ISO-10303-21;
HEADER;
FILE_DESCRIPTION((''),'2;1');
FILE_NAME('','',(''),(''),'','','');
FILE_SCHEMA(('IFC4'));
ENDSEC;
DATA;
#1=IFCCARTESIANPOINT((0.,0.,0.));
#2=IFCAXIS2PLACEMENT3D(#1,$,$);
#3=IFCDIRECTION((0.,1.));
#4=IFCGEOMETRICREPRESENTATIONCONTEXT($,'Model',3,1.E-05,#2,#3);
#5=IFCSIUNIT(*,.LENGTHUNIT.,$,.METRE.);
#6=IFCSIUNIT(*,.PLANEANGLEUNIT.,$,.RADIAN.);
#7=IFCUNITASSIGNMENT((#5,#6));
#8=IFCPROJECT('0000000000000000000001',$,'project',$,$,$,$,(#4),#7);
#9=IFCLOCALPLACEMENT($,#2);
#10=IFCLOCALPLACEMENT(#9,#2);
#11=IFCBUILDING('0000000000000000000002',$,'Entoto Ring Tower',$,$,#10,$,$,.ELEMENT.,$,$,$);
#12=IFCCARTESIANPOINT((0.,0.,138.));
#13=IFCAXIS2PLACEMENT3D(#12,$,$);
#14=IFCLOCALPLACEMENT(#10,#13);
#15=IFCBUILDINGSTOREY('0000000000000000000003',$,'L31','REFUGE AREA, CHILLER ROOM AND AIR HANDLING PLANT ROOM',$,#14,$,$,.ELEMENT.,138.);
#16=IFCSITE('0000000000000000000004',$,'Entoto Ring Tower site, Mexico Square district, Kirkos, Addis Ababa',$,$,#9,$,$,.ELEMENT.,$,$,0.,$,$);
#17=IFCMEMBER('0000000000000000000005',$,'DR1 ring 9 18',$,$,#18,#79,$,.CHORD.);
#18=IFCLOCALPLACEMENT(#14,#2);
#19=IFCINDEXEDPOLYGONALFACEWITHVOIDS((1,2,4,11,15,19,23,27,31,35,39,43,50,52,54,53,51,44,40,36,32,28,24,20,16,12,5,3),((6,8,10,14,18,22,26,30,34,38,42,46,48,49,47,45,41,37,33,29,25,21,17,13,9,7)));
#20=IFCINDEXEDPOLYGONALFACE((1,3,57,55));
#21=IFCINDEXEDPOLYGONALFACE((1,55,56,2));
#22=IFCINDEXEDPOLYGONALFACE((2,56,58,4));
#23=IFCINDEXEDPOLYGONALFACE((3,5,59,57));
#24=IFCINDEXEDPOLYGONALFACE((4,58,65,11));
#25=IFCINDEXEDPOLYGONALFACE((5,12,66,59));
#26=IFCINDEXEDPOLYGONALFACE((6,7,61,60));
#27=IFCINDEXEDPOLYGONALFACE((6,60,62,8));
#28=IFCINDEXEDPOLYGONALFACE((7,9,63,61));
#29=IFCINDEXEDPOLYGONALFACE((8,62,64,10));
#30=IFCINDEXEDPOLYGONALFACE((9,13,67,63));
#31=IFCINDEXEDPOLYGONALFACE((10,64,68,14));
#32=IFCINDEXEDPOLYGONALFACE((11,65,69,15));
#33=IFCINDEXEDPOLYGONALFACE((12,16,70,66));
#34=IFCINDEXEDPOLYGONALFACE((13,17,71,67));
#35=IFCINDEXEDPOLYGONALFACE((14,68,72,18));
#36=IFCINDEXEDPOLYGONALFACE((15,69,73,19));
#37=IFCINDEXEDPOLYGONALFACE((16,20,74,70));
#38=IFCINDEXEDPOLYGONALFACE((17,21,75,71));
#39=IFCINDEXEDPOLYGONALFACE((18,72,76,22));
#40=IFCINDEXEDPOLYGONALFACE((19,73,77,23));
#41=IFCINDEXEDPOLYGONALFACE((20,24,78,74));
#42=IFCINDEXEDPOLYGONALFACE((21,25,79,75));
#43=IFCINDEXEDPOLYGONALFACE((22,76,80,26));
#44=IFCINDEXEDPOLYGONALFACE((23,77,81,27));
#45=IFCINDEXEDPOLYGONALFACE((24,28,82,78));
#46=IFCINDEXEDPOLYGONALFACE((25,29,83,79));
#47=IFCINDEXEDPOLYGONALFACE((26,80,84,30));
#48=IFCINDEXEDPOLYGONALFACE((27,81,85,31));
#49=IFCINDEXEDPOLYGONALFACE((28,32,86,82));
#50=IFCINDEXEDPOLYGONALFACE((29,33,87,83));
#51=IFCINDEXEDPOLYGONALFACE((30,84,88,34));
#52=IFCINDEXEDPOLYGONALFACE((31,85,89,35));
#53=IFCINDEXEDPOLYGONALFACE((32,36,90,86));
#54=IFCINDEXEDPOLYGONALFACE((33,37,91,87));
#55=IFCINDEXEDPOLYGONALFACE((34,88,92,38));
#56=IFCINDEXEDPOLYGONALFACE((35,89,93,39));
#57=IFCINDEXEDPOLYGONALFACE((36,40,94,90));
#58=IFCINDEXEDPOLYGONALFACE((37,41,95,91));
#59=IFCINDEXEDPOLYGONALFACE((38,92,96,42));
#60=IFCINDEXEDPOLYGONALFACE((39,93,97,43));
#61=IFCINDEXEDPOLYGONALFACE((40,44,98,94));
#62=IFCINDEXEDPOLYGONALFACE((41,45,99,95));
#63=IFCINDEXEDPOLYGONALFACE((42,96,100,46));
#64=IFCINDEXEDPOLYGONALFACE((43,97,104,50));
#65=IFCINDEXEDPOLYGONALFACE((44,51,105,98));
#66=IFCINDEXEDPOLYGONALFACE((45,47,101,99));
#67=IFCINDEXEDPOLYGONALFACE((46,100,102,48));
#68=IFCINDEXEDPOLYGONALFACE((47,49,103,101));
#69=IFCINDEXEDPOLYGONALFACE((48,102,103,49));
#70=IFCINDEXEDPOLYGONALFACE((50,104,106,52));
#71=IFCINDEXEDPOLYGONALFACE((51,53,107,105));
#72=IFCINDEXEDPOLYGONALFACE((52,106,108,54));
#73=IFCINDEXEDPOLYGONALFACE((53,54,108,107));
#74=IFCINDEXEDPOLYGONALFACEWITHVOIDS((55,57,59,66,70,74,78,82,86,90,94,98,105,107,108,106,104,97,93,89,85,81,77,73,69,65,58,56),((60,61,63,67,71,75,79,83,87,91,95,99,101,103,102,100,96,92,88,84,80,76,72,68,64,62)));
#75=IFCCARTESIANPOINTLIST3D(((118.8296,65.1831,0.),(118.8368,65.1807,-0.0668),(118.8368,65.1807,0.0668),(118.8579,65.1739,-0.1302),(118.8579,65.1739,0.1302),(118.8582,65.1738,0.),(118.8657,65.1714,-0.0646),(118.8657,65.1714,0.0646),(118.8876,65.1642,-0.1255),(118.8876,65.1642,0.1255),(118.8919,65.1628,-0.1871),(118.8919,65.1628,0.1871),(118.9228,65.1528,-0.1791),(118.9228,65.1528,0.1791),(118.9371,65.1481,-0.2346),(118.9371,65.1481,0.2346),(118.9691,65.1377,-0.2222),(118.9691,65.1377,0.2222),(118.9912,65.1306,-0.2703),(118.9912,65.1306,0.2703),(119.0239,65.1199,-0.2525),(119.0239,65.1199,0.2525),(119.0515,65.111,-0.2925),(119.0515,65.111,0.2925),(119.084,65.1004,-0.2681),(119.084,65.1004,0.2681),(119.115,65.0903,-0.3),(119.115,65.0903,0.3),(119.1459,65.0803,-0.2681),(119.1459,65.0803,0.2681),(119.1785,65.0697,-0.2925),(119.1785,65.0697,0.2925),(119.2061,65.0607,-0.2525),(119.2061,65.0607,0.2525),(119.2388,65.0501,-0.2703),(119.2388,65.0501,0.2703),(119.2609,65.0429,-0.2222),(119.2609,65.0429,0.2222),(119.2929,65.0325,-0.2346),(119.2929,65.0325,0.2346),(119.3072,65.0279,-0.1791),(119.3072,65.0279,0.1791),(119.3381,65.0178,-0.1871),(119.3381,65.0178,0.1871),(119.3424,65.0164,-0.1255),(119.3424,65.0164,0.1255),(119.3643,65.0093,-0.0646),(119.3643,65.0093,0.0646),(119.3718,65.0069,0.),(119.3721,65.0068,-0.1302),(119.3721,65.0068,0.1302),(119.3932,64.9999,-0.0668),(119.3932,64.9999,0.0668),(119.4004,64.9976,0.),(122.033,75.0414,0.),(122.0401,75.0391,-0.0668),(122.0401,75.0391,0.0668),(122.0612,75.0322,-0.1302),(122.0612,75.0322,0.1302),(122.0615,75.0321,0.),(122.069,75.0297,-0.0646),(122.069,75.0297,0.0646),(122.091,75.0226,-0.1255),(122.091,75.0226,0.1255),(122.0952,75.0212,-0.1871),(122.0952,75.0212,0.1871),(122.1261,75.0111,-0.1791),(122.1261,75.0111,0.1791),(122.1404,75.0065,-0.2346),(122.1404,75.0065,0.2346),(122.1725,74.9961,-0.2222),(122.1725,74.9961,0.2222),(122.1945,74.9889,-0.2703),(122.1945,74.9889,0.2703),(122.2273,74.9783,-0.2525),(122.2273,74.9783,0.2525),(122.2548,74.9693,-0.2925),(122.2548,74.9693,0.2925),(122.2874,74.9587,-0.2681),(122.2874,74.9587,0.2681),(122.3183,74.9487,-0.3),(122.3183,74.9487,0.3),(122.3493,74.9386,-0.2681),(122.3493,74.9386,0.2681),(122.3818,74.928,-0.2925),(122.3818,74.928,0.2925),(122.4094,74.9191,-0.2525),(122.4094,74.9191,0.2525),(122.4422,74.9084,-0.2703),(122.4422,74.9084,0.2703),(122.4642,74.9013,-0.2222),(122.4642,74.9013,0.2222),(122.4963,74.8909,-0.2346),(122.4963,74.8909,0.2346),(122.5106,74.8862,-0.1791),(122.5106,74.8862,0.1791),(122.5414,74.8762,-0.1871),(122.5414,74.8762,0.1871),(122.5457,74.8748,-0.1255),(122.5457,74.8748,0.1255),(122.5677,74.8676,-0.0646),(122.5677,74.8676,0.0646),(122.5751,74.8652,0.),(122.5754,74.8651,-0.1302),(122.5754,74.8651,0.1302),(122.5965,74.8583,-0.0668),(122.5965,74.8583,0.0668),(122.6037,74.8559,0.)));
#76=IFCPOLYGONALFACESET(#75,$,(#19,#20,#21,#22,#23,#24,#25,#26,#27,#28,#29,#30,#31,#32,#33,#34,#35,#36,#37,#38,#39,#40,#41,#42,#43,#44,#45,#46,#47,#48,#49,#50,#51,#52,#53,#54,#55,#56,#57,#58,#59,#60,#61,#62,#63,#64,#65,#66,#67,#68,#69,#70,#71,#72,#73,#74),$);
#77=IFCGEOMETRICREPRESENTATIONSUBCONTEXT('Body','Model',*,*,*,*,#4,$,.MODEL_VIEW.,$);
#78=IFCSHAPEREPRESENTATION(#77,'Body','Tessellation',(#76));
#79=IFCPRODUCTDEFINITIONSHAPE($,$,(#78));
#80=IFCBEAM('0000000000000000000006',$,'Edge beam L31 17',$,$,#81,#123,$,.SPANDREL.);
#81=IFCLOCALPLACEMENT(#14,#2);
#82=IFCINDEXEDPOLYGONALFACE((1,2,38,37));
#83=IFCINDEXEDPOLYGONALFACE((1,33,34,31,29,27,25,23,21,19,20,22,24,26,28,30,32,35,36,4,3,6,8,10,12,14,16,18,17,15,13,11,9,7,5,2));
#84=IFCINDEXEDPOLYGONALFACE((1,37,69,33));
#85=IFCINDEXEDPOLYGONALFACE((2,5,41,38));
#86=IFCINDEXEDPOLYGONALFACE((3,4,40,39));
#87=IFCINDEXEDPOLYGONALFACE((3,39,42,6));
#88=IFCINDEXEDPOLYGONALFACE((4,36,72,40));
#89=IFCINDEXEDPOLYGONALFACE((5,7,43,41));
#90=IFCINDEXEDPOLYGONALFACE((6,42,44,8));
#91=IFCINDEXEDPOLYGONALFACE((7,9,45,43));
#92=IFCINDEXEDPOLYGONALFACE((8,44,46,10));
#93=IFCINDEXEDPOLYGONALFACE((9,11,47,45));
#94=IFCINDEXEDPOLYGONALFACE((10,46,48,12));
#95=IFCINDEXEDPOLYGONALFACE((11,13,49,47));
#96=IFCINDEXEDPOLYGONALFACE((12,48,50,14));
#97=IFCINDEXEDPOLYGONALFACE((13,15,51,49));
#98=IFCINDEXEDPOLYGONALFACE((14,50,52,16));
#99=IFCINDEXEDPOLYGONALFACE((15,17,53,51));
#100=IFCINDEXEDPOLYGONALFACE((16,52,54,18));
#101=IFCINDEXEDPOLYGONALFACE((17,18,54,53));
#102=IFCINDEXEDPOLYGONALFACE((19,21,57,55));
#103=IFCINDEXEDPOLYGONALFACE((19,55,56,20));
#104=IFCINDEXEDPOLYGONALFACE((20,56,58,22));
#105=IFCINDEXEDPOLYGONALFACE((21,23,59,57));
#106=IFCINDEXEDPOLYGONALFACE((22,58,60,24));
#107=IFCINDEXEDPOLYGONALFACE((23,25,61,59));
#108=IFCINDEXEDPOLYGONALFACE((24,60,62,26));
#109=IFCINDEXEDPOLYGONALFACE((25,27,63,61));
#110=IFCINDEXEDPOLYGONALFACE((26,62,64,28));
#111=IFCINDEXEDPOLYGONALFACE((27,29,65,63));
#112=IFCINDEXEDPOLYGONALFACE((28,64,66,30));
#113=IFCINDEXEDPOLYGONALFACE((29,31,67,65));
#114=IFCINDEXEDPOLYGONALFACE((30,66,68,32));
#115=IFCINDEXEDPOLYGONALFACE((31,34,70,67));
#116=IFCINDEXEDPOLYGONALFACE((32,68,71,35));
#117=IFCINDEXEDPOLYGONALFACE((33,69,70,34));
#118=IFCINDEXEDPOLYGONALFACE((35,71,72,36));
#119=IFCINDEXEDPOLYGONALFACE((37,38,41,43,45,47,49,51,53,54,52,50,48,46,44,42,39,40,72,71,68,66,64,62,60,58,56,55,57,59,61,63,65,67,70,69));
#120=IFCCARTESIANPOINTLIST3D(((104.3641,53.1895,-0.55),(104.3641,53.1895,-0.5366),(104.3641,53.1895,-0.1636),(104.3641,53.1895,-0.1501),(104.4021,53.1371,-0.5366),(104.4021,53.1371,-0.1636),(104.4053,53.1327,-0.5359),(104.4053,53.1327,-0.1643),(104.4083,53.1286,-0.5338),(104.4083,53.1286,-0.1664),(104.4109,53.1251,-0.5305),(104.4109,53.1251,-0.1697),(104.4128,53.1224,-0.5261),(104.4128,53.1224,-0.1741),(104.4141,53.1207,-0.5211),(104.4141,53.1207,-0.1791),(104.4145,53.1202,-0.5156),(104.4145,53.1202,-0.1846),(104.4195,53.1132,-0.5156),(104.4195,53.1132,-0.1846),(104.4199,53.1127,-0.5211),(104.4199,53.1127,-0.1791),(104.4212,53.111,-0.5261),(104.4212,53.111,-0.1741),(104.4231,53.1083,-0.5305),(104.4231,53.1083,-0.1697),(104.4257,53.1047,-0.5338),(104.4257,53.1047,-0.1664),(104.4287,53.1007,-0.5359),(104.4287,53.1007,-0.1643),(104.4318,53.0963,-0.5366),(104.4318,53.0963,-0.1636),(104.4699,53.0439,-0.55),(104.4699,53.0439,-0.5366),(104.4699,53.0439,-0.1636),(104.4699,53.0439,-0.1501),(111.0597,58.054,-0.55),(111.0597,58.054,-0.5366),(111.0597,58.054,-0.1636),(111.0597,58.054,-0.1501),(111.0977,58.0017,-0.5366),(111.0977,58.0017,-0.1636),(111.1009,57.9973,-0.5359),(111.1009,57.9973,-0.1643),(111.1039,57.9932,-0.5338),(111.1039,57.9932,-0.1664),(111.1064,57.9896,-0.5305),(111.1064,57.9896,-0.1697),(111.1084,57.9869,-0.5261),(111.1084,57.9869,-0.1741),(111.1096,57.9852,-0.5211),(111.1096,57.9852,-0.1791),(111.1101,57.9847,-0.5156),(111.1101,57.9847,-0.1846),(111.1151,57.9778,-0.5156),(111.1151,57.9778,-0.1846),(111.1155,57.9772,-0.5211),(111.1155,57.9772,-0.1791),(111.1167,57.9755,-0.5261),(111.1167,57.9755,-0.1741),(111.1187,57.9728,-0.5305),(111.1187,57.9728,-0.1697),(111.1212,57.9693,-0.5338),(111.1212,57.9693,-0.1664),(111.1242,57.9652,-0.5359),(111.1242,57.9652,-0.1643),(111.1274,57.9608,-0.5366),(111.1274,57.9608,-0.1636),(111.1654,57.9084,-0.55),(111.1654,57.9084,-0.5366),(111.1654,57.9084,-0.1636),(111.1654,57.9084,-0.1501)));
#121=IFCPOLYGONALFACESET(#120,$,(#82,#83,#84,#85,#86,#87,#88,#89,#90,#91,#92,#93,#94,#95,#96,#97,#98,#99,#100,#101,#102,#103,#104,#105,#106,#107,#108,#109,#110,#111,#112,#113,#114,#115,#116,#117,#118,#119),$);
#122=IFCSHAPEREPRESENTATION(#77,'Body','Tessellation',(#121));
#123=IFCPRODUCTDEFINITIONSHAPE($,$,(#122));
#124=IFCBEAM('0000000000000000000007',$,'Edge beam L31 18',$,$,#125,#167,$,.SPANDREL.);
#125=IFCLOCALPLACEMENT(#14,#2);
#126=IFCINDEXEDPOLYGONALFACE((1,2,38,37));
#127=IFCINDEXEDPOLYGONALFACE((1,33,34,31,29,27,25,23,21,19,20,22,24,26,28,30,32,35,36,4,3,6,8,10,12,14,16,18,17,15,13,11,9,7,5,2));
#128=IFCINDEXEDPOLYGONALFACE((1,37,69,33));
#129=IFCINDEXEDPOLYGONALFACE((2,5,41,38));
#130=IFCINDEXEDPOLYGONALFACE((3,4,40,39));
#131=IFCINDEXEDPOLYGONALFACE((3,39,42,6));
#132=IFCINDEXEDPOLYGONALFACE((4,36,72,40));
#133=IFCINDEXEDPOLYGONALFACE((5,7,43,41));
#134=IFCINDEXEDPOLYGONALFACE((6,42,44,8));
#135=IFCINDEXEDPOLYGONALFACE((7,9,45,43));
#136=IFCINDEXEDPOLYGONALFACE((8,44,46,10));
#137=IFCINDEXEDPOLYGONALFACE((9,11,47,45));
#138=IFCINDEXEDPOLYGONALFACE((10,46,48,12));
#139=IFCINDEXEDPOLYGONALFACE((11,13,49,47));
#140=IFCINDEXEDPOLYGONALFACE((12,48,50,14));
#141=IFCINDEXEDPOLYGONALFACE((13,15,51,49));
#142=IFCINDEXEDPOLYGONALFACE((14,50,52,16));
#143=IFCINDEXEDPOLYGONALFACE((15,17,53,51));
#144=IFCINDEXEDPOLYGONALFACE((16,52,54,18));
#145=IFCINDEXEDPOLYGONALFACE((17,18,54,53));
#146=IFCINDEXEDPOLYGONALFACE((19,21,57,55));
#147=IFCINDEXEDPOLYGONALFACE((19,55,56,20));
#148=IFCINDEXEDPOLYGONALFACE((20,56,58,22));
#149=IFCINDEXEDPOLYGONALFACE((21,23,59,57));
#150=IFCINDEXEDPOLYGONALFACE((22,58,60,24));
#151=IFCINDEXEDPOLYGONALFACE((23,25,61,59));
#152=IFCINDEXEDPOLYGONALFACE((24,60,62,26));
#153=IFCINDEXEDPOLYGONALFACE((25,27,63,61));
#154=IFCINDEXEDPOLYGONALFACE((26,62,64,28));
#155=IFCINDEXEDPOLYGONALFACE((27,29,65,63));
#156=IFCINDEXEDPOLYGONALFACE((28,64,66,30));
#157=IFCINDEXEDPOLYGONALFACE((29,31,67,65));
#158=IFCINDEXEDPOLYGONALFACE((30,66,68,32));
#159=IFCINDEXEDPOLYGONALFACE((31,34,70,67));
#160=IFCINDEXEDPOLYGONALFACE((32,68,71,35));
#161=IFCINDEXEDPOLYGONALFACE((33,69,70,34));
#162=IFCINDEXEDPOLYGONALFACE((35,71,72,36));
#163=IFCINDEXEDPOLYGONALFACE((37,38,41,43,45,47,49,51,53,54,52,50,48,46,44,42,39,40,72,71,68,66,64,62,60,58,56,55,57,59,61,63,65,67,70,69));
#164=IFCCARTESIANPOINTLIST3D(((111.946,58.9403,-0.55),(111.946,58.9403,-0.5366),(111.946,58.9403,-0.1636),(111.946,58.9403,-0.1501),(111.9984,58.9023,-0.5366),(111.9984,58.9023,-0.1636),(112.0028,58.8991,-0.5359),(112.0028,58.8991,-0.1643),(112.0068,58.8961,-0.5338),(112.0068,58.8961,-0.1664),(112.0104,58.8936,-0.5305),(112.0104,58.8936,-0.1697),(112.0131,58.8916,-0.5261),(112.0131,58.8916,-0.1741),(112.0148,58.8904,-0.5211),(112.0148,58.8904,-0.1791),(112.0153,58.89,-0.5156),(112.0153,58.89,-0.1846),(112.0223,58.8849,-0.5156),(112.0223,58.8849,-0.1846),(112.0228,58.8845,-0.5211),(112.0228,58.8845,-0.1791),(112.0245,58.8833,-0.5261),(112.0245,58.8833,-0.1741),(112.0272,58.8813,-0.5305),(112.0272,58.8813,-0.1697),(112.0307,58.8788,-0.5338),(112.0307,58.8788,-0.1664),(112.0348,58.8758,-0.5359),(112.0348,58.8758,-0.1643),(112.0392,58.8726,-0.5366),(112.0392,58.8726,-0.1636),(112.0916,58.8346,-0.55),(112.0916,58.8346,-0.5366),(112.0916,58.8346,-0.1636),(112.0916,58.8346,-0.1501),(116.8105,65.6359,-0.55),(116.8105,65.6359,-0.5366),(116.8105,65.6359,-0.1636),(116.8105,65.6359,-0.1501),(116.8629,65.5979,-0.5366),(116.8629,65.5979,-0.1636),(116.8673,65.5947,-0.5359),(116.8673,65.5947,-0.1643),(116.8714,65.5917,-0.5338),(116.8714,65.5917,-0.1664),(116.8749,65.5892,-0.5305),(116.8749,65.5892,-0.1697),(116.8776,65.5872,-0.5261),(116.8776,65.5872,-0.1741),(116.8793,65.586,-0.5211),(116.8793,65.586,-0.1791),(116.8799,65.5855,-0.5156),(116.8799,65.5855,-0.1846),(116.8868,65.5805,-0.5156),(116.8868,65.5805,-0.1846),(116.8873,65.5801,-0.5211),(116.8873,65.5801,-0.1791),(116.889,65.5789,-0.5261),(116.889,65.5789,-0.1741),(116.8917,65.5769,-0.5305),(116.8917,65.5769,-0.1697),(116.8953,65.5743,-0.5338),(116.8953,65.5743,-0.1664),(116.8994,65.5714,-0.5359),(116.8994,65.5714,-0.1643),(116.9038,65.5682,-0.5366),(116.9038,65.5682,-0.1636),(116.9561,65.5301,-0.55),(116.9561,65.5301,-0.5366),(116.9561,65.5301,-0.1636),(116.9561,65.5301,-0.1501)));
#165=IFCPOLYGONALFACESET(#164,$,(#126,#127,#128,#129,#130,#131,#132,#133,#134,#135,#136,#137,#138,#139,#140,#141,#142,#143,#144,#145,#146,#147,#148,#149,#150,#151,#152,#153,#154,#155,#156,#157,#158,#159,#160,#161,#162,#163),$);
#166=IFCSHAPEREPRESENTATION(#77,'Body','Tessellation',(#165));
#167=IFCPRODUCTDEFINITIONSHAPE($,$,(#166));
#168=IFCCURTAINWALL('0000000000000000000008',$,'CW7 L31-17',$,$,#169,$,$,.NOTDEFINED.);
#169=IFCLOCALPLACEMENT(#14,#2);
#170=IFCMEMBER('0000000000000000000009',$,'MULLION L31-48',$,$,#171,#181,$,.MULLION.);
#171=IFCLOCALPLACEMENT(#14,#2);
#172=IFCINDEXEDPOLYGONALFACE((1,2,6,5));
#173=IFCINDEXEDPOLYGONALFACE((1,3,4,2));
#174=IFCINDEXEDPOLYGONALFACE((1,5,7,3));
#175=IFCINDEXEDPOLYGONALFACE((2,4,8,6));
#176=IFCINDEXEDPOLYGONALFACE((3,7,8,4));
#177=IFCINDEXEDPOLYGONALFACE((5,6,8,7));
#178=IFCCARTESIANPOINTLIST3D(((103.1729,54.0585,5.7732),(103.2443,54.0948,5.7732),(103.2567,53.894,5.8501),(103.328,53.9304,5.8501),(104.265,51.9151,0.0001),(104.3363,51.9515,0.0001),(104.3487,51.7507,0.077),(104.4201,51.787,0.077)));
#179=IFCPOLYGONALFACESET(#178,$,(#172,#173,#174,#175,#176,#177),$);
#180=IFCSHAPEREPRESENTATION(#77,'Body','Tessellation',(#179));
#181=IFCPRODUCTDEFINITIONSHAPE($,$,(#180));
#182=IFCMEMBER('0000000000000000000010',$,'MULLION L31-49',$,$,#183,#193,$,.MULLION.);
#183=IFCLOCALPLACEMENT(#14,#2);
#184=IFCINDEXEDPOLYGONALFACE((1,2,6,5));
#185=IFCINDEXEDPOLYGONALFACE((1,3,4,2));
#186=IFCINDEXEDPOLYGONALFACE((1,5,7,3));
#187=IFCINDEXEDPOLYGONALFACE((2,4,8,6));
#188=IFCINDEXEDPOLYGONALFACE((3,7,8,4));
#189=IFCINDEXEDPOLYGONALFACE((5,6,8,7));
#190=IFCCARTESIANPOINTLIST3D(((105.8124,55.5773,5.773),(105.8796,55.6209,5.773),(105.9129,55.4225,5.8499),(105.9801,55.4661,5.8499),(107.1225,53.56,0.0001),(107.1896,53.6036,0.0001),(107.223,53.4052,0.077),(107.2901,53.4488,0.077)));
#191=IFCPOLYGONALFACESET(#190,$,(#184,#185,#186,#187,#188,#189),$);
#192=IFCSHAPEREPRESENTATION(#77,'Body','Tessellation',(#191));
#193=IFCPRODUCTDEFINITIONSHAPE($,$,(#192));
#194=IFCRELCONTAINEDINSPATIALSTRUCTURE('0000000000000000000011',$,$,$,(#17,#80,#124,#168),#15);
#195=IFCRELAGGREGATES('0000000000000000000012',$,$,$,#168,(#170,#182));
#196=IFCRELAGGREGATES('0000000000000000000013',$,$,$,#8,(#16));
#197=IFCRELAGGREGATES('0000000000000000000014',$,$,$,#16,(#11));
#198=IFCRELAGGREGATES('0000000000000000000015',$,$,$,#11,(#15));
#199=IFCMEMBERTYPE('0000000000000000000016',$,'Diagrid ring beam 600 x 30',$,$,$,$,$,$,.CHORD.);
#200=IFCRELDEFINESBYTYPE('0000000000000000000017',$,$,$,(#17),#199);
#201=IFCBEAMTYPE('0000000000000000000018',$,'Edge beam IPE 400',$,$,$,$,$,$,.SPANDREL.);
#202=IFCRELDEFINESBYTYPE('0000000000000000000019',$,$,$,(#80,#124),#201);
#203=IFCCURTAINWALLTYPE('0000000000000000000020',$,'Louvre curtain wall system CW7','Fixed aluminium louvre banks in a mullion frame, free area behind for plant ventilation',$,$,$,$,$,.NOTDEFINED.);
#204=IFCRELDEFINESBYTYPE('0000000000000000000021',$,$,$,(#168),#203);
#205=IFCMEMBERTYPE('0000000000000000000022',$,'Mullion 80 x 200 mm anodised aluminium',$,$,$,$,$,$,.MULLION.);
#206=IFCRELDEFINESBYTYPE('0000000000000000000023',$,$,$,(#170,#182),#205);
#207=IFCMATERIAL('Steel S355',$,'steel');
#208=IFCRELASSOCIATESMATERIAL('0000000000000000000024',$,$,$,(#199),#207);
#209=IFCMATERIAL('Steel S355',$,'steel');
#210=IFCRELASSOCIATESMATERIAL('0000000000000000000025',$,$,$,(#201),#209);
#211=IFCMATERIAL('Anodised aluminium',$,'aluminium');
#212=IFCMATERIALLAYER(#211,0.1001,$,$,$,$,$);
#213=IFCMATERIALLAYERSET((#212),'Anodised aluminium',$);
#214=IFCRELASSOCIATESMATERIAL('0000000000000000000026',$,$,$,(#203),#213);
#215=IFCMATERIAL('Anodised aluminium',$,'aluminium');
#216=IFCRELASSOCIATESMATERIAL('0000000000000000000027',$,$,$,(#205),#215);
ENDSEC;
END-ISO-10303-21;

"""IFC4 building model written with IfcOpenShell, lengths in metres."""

from ifc_helpers import new_model, si_unit, direction, frame, origin, origin_2d, place, context, subcontext, project, spatial, rectangle, circle, hollow_circle, i_section, extrude, material, layer, layer_set, material_profile, profile_set, type_object, element, aggregate, save


model = new_model("IFC4")

# Units and contexts
model_context = context("Model", 3, precision=1e-05, world=origin(), true_north=direction((0.0, 1.0)))
body_context = subcontext(model_context, "Body", "Model", "MODEL_VIEW")
ifc_project = project(units=[si_unit("LENGTHUNIT", "METRE"), si_unit("PLANEANGLEUNIT", "RADIAN")], contexts=[model_context])

# Site, building, storey
site_placement = place(None, origin())
site = spatial("IfcSite", under=ifc_project, at=site_placement, Name="Entoto Ring Tower site, Mexico Square district, Kirkos, Addis Ababa", CompositionType="ELEMENT", RefElevation=0.0)
building_placement = place(site_placement, origin())
building = spatial("IfcBuilding", under=site, at=building_placement, Name="Entoto Ring Tower", CompositionType="ELEMENT")
storey_placement = place(building_placement, frame((0.0, 0.0, 138.0)))
storey = spatial("IfcBuildingStorey", under=building, at=storey_placement, Name="L31", Description="REFUGE AREA, CHILLER ROOM AND AIR HANDLING PLANT ROOM", CompositionType="ELEMENT", Elevation=138.0)

# Member
ifc_material_1 = material(Name="Steel S355", Category="steel")
ifc_material_profile_1 = material_profile(ifc_material_1, hollow_circle(Radius=0.3, WallThickness=0.03, at=origin_2d()), Name="CHS 600 x 30")
ifc_material_2 = material(Name="Concrete C60/75", Category="concrete")
ifc_material_profile_2 = material_profile(ifc_material_2, circle(Radius=0.27, at=origin_2d()), Name="Concrete C60/75 infill")
ifc_profile_set_1 = profile_set([ifc_material_profile_1, ifc_material_profile_2], Name="Steel S355")
member_type_1 = type_object("IfcMemberType", Name="Diagrid ring beam 600 x 30", PredefinedType="CHORD", material=ifc_profile_set_1)
member_1_placement = place(storey_placement, frame((119.115, 65.0903, 0.0), z_axis=(0.309033, 0.951051, 0.0), x_axis=(-0.951051, 0.309033, 0.0)))
element("IfcMember", 1, at=member_1_placement, inside=storey, type_object=member_type_1, Name="DR1 ring 9 18", PredefinedType="CHORD", context=body_context, shape_type="SweptSolid", body=[
    extrude(hollow_circle(Radius=0.3, WallThickness=0.03, at=origin_2d()), origin(), (0.0, 0.0, 1.0), 10.3657),
])

# Beams
ifc_material_3 = material(Name="Steel S355", Category="steel")
ifc_material_profile_3 = material_profile(ifc_material_3, i_section(OverallWidth=0.1799, OverallDepth=0.3999, WebThickness=0.0085, FlangeThickness=0.0134, FilletRadius=0.021, at=origin_2d()), Name="IPE 400")
ifc_profile_set_2 = profile_set([ifc_material_profile_3], Name="Steel S355")
beam_type = type_object("IfcBeamType", Name="Edge beam IPE 400", PredefinedType="SPANDREL", material=ifc_profile_set_2)
for number, where, z_axis, x_axis, name in (
    (2, (104.417, 53.1167, -0.3501), (0.809023, 0.587777, 0.0), (-0.587777, 0.809023, 0.0), "Edge beam L31 17"),
    (3, (112.0188, 58.8875, -0.3501), (0.587777, 0.809023, 0.0), (-0.809023, 0.587777, 0.0), "Edge beam L31 18"),
):
    element("IfcBeam", number, at=place(storey_placement, frame(where, z_axis=z_axis, x_axis=x_axis)), inside=storey, type_object=beam_type, Name=name, PredefinedType="SPANDREL", context=body_context, shape_type="SweptSolid", body=[
        extrude(i_section(OverallWidth=0.1799, OverallDepth=0.3999, WebThickness=0.0085, FlangeThickness=0.0134, FilletRadius=0.021, at=origin_2d()), origin(), (0.0, 0.0, 1.0), 8.2761),
    ])

# Curtain wall, members
ifc_material_4 = material(Name="Anodised aluminium", Category="aluminium")
ifc_layer_1 = layer(ifc_material_4, 0.1001)
ifc_layer_set_1 = layer_set([ifc_layer_1], Name="Anodised aluminium")
curtain_wall_type = type_object("IfcCurtainWallType", Name="Louvre curtain wall system CW7", Description="Fixed aluminium louvre banks in a mullion frame, free area behind for plant ventilation", PredefinedType="NOTDEFINED", material=ifc_layer_set_1)
curtain_wall_1_placement = place(storey_placement, origin())
curtain_wall_1 = element("IfcCurtainWall", 4, at=curtain_wall_1_placement, inside=storey, type_object=curtain_wall_type, Name="CW7 L31-17", PredefinedType="NOTDEFINED")
ifc_material_5 = material(Name="Anodised aluminium", Category="aluminium")
ifc_material_profile_4 = material_profile(ifc_material_5, rectangle(XDim=0.0801, YDim=0.2, at=origin_2d()), Name="Mullion 80 x 200 mm anodised aluminium")
ifc_profile_set_3 = profile_set([ifc_material_profile_4], Name="Anodised aluminium")
member_type_2 = type_object("IfcMemberType", Name="Mullion 80 x 200 mm anodised aluminium", PredefinedType="MULLION", material=ifc_profile_set_3)
member_2_placement = place(storey_placement, frame((104.3425, 51.8511, 0.0386), z_axis=(-0.174613, 0.342707, 0.923072), x_axis=(-0.891012, -0.453981, 0.0)))
member_2 = element("IfcMember", 5, at=member_2_placement, type_object=member_type_2, Name="MULLION L31-48", PredefinedType="MULLION", context=body_context, shape_type="SweptSolid", body=[
    extrude(rectangle(XDim=0.0801, YDim=0.2, at=origin_2d()), origin(), (0.0, 0.0, 1.0), 6.2542),
])
member_3_placement = place(storey_placement, frame((107.2063, 53.5044, 0.0386), z_axis=(-0.209474, 0.322566, 0.923077), x_axis=(-0.838673, -0.544635, 0.0)))
member_3 = element("IfcMember", 6, at=member_3_placement, type_object=member_type_2, Name="MULLION L31-49", PredefinedType="MULLION", context=body_context, shape_type="SweptSolid", body=[
    extrude(rectangle(XDim=0.0801, YDim=0.2, at=origin_2d()), origin(), (0.0, 0.0, 1.0), 6.2539),
])
aggregate(curtain_wall_1, [member_2, member_3])

save(model, "model.ifc")
